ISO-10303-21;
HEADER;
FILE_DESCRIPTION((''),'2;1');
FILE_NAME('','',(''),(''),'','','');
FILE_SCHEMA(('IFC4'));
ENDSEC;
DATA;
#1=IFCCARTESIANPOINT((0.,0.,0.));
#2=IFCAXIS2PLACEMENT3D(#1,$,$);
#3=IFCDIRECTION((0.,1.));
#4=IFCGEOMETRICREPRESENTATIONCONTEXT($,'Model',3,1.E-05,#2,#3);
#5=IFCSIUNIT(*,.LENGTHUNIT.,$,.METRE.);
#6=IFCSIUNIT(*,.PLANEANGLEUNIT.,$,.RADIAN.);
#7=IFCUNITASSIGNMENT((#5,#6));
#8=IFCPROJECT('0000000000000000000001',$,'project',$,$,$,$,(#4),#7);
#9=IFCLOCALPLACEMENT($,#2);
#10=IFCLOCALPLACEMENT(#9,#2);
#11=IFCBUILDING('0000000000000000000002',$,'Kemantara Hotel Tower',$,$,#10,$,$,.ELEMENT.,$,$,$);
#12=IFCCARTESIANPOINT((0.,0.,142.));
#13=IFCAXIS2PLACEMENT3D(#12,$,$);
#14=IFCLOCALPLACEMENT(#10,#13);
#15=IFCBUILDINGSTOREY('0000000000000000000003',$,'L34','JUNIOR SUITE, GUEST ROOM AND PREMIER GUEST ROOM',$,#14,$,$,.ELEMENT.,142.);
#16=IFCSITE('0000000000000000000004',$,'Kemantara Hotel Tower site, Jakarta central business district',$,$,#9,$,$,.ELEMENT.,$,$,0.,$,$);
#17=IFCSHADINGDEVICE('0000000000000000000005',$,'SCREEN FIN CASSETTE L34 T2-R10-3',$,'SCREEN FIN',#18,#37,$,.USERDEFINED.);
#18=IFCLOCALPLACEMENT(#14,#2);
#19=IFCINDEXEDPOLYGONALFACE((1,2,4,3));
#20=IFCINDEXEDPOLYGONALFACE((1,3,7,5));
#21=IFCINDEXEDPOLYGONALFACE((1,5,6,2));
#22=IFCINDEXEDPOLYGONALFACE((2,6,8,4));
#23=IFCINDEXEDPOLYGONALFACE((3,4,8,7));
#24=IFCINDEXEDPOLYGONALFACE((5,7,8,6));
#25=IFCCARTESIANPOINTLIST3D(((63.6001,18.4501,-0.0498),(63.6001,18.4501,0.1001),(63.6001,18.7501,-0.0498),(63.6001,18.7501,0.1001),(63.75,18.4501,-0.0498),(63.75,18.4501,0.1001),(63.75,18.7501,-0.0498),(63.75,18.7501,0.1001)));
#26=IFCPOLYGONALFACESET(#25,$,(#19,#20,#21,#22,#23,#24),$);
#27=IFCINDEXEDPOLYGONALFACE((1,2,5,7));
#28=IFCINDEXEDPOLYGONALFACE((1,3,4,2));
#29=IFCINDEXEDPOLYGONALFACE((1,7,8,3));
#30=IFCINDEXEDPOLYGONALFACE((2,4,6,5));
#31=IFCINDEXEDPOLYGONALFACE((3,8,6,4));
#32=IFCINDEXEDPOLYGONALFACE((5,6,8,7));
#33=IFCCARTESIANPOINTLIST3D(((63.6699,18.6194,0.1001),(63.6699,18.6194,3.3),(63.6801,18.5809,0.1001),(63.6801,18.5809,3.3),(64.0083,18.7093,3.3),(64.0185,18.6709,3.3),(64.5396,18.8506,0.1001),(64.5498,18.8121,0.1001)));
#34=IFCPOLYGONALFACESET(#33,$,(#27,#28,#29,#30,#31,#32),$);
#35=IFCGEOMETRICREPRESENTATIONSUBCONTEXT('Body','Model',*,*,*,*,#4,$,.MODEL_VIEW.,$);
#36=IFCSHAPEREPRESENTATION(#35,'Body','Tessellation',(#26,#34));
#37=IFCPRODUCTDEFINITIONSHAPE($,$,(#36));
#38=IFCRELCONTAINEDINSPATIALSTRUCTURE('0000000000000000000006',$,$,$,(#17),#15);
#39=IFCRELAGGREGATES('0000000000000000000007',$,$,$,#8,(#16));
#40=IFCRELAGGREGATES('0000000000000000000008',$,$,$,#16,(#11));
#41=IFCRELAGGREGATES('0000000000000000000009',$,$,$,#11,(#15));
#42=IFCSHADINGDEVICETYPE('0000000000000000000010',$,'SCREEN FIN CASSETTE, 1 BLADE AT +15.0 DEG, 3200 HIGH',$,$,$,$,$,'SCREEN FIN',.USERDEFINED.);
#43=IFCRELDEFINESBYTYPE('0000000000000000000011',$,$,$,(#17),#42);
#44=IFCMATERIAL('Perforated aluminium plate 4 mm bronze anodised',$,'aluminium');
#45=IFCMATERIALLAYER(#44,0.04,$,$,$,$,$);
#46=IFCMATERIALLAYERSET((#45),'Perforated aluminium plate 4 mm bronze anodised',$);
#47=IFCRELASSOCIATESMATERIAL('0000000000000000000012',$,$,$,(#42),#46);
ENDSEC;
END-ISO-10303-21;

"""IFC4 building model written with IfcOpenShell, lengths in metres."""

from ifc_helpers import new_model, si_unit, direction, frame, origin, origin_2d, place, context, subcontext, project, spatial, polyline, rectangle, outline, extrude, source, transform, mapped, material, layer, layer_set, type_object, element, save


model = new_model("IFC4")

# Units and contexts
model_context = context("Model", 3, precision=1e-05, world=origin(), true_north=direction((0.0, 1.0)))
body_context = subcontext(model_context, "Body", "Model", "MODEL_VIEW")
ifc_project = project(units=[si_unit("LENGTHUNIT", "METRE"), si_unit("PLANEANGLEUNIT", "RADIAN")], contexts=[model_context])

# Site, building, storey
site_placement = place(None, origin())
site = spatial("IfcSite", under=ifc_project, at=site_placement, Name="Kemantara Hotel Tower site, Jakarta central business district", CompositionType="ELEMENT", RefElevation=0.0)
building_placement = place(site_placement, origin())
building = spatial("IfcBuilding", under=site, at=building_placement, Name="Kemantara Hotel Tower", CompositionType="ELEMENT")
storey_placement = place(building_placement, frame((0.0, 0.0, 142.0)))
storey = spatial("IfcBuildingStorey", under=building, at=storey_placement, Name="L34", Description="JUNIOR SUITE, GUEST ROOM AND PREMIER GUEST ROOM", CompositionType="ELEMENT", Elevation=142.0)

# Shading device
ifc_material_1 = material(Name="Perforated aluminium plate 4 mm bronze anodised", Category="aluminium")
ifc_layer_1 = layer(ifc_material_1, 0.04)
ifc_layer_set_1 = layer_set([ifc_layer_1], Name="Perforated aluminium plate 4 mm bronze anodised")
shading_device_type_1 = type_object("IfcShadingDeviceType", Name="SCREEN FIN CASSETTE, 1 BLADE AT +15.0 DEG, 3200 HIGH", ElementType="SCREEN FIN", PredefinedType="USERDEFINED", material=ifc_layer_set_1)
shared_shape_1 = source(origin(), body_context, "Body", "SweptSolid", [
    extrude(rectangle(XDim=0.3, YDim=0.1499, at=origin_2d()), frame((0.0, -0.075, -0.1499), z_axis=(0.0, 0.0, 1.0), x_axis=(1.0, 0.0, 0.0)), (0.0, 0.0, 1.0), 0.1499),
    extrude(outline(polyline([(0.0, 0.0), (0.8999, 0.0), (0.3501, 3.2), (0.0, 3.2), (0.0, 0.0)])), frame((0.0193, -0.0698, 0.0), z_axis=(-0.966438, -0.256901, 0.0), x_axis=(0.256901, -0.966438, 0.0)), (0.0, 0.0, 1.0), 0.0398),
])
shading_device_1_placement = place(storey_placement, frame((63.6001, 18.6001, 0.1001), z_axis=(0.0, 0.0, 1.0), x_axis=(0.0, 1.0, 0.0)))
element("IfcShadingDevice", 1, at=shading_device_1_placement, inside=storey, type_object=shading_device_type_1, Name="SCREEN FIN CASSETTE L34 T2-R10-3", ObjectType="SCREEN FIN", PredefinedType="USERDEFINED", context=body_context, shape_type="MappedRepresentation", body=[
    mapped(shared_shape_1, transform((0.0, 0.0, 0.0))),
])

save(model, "model.ifc")
